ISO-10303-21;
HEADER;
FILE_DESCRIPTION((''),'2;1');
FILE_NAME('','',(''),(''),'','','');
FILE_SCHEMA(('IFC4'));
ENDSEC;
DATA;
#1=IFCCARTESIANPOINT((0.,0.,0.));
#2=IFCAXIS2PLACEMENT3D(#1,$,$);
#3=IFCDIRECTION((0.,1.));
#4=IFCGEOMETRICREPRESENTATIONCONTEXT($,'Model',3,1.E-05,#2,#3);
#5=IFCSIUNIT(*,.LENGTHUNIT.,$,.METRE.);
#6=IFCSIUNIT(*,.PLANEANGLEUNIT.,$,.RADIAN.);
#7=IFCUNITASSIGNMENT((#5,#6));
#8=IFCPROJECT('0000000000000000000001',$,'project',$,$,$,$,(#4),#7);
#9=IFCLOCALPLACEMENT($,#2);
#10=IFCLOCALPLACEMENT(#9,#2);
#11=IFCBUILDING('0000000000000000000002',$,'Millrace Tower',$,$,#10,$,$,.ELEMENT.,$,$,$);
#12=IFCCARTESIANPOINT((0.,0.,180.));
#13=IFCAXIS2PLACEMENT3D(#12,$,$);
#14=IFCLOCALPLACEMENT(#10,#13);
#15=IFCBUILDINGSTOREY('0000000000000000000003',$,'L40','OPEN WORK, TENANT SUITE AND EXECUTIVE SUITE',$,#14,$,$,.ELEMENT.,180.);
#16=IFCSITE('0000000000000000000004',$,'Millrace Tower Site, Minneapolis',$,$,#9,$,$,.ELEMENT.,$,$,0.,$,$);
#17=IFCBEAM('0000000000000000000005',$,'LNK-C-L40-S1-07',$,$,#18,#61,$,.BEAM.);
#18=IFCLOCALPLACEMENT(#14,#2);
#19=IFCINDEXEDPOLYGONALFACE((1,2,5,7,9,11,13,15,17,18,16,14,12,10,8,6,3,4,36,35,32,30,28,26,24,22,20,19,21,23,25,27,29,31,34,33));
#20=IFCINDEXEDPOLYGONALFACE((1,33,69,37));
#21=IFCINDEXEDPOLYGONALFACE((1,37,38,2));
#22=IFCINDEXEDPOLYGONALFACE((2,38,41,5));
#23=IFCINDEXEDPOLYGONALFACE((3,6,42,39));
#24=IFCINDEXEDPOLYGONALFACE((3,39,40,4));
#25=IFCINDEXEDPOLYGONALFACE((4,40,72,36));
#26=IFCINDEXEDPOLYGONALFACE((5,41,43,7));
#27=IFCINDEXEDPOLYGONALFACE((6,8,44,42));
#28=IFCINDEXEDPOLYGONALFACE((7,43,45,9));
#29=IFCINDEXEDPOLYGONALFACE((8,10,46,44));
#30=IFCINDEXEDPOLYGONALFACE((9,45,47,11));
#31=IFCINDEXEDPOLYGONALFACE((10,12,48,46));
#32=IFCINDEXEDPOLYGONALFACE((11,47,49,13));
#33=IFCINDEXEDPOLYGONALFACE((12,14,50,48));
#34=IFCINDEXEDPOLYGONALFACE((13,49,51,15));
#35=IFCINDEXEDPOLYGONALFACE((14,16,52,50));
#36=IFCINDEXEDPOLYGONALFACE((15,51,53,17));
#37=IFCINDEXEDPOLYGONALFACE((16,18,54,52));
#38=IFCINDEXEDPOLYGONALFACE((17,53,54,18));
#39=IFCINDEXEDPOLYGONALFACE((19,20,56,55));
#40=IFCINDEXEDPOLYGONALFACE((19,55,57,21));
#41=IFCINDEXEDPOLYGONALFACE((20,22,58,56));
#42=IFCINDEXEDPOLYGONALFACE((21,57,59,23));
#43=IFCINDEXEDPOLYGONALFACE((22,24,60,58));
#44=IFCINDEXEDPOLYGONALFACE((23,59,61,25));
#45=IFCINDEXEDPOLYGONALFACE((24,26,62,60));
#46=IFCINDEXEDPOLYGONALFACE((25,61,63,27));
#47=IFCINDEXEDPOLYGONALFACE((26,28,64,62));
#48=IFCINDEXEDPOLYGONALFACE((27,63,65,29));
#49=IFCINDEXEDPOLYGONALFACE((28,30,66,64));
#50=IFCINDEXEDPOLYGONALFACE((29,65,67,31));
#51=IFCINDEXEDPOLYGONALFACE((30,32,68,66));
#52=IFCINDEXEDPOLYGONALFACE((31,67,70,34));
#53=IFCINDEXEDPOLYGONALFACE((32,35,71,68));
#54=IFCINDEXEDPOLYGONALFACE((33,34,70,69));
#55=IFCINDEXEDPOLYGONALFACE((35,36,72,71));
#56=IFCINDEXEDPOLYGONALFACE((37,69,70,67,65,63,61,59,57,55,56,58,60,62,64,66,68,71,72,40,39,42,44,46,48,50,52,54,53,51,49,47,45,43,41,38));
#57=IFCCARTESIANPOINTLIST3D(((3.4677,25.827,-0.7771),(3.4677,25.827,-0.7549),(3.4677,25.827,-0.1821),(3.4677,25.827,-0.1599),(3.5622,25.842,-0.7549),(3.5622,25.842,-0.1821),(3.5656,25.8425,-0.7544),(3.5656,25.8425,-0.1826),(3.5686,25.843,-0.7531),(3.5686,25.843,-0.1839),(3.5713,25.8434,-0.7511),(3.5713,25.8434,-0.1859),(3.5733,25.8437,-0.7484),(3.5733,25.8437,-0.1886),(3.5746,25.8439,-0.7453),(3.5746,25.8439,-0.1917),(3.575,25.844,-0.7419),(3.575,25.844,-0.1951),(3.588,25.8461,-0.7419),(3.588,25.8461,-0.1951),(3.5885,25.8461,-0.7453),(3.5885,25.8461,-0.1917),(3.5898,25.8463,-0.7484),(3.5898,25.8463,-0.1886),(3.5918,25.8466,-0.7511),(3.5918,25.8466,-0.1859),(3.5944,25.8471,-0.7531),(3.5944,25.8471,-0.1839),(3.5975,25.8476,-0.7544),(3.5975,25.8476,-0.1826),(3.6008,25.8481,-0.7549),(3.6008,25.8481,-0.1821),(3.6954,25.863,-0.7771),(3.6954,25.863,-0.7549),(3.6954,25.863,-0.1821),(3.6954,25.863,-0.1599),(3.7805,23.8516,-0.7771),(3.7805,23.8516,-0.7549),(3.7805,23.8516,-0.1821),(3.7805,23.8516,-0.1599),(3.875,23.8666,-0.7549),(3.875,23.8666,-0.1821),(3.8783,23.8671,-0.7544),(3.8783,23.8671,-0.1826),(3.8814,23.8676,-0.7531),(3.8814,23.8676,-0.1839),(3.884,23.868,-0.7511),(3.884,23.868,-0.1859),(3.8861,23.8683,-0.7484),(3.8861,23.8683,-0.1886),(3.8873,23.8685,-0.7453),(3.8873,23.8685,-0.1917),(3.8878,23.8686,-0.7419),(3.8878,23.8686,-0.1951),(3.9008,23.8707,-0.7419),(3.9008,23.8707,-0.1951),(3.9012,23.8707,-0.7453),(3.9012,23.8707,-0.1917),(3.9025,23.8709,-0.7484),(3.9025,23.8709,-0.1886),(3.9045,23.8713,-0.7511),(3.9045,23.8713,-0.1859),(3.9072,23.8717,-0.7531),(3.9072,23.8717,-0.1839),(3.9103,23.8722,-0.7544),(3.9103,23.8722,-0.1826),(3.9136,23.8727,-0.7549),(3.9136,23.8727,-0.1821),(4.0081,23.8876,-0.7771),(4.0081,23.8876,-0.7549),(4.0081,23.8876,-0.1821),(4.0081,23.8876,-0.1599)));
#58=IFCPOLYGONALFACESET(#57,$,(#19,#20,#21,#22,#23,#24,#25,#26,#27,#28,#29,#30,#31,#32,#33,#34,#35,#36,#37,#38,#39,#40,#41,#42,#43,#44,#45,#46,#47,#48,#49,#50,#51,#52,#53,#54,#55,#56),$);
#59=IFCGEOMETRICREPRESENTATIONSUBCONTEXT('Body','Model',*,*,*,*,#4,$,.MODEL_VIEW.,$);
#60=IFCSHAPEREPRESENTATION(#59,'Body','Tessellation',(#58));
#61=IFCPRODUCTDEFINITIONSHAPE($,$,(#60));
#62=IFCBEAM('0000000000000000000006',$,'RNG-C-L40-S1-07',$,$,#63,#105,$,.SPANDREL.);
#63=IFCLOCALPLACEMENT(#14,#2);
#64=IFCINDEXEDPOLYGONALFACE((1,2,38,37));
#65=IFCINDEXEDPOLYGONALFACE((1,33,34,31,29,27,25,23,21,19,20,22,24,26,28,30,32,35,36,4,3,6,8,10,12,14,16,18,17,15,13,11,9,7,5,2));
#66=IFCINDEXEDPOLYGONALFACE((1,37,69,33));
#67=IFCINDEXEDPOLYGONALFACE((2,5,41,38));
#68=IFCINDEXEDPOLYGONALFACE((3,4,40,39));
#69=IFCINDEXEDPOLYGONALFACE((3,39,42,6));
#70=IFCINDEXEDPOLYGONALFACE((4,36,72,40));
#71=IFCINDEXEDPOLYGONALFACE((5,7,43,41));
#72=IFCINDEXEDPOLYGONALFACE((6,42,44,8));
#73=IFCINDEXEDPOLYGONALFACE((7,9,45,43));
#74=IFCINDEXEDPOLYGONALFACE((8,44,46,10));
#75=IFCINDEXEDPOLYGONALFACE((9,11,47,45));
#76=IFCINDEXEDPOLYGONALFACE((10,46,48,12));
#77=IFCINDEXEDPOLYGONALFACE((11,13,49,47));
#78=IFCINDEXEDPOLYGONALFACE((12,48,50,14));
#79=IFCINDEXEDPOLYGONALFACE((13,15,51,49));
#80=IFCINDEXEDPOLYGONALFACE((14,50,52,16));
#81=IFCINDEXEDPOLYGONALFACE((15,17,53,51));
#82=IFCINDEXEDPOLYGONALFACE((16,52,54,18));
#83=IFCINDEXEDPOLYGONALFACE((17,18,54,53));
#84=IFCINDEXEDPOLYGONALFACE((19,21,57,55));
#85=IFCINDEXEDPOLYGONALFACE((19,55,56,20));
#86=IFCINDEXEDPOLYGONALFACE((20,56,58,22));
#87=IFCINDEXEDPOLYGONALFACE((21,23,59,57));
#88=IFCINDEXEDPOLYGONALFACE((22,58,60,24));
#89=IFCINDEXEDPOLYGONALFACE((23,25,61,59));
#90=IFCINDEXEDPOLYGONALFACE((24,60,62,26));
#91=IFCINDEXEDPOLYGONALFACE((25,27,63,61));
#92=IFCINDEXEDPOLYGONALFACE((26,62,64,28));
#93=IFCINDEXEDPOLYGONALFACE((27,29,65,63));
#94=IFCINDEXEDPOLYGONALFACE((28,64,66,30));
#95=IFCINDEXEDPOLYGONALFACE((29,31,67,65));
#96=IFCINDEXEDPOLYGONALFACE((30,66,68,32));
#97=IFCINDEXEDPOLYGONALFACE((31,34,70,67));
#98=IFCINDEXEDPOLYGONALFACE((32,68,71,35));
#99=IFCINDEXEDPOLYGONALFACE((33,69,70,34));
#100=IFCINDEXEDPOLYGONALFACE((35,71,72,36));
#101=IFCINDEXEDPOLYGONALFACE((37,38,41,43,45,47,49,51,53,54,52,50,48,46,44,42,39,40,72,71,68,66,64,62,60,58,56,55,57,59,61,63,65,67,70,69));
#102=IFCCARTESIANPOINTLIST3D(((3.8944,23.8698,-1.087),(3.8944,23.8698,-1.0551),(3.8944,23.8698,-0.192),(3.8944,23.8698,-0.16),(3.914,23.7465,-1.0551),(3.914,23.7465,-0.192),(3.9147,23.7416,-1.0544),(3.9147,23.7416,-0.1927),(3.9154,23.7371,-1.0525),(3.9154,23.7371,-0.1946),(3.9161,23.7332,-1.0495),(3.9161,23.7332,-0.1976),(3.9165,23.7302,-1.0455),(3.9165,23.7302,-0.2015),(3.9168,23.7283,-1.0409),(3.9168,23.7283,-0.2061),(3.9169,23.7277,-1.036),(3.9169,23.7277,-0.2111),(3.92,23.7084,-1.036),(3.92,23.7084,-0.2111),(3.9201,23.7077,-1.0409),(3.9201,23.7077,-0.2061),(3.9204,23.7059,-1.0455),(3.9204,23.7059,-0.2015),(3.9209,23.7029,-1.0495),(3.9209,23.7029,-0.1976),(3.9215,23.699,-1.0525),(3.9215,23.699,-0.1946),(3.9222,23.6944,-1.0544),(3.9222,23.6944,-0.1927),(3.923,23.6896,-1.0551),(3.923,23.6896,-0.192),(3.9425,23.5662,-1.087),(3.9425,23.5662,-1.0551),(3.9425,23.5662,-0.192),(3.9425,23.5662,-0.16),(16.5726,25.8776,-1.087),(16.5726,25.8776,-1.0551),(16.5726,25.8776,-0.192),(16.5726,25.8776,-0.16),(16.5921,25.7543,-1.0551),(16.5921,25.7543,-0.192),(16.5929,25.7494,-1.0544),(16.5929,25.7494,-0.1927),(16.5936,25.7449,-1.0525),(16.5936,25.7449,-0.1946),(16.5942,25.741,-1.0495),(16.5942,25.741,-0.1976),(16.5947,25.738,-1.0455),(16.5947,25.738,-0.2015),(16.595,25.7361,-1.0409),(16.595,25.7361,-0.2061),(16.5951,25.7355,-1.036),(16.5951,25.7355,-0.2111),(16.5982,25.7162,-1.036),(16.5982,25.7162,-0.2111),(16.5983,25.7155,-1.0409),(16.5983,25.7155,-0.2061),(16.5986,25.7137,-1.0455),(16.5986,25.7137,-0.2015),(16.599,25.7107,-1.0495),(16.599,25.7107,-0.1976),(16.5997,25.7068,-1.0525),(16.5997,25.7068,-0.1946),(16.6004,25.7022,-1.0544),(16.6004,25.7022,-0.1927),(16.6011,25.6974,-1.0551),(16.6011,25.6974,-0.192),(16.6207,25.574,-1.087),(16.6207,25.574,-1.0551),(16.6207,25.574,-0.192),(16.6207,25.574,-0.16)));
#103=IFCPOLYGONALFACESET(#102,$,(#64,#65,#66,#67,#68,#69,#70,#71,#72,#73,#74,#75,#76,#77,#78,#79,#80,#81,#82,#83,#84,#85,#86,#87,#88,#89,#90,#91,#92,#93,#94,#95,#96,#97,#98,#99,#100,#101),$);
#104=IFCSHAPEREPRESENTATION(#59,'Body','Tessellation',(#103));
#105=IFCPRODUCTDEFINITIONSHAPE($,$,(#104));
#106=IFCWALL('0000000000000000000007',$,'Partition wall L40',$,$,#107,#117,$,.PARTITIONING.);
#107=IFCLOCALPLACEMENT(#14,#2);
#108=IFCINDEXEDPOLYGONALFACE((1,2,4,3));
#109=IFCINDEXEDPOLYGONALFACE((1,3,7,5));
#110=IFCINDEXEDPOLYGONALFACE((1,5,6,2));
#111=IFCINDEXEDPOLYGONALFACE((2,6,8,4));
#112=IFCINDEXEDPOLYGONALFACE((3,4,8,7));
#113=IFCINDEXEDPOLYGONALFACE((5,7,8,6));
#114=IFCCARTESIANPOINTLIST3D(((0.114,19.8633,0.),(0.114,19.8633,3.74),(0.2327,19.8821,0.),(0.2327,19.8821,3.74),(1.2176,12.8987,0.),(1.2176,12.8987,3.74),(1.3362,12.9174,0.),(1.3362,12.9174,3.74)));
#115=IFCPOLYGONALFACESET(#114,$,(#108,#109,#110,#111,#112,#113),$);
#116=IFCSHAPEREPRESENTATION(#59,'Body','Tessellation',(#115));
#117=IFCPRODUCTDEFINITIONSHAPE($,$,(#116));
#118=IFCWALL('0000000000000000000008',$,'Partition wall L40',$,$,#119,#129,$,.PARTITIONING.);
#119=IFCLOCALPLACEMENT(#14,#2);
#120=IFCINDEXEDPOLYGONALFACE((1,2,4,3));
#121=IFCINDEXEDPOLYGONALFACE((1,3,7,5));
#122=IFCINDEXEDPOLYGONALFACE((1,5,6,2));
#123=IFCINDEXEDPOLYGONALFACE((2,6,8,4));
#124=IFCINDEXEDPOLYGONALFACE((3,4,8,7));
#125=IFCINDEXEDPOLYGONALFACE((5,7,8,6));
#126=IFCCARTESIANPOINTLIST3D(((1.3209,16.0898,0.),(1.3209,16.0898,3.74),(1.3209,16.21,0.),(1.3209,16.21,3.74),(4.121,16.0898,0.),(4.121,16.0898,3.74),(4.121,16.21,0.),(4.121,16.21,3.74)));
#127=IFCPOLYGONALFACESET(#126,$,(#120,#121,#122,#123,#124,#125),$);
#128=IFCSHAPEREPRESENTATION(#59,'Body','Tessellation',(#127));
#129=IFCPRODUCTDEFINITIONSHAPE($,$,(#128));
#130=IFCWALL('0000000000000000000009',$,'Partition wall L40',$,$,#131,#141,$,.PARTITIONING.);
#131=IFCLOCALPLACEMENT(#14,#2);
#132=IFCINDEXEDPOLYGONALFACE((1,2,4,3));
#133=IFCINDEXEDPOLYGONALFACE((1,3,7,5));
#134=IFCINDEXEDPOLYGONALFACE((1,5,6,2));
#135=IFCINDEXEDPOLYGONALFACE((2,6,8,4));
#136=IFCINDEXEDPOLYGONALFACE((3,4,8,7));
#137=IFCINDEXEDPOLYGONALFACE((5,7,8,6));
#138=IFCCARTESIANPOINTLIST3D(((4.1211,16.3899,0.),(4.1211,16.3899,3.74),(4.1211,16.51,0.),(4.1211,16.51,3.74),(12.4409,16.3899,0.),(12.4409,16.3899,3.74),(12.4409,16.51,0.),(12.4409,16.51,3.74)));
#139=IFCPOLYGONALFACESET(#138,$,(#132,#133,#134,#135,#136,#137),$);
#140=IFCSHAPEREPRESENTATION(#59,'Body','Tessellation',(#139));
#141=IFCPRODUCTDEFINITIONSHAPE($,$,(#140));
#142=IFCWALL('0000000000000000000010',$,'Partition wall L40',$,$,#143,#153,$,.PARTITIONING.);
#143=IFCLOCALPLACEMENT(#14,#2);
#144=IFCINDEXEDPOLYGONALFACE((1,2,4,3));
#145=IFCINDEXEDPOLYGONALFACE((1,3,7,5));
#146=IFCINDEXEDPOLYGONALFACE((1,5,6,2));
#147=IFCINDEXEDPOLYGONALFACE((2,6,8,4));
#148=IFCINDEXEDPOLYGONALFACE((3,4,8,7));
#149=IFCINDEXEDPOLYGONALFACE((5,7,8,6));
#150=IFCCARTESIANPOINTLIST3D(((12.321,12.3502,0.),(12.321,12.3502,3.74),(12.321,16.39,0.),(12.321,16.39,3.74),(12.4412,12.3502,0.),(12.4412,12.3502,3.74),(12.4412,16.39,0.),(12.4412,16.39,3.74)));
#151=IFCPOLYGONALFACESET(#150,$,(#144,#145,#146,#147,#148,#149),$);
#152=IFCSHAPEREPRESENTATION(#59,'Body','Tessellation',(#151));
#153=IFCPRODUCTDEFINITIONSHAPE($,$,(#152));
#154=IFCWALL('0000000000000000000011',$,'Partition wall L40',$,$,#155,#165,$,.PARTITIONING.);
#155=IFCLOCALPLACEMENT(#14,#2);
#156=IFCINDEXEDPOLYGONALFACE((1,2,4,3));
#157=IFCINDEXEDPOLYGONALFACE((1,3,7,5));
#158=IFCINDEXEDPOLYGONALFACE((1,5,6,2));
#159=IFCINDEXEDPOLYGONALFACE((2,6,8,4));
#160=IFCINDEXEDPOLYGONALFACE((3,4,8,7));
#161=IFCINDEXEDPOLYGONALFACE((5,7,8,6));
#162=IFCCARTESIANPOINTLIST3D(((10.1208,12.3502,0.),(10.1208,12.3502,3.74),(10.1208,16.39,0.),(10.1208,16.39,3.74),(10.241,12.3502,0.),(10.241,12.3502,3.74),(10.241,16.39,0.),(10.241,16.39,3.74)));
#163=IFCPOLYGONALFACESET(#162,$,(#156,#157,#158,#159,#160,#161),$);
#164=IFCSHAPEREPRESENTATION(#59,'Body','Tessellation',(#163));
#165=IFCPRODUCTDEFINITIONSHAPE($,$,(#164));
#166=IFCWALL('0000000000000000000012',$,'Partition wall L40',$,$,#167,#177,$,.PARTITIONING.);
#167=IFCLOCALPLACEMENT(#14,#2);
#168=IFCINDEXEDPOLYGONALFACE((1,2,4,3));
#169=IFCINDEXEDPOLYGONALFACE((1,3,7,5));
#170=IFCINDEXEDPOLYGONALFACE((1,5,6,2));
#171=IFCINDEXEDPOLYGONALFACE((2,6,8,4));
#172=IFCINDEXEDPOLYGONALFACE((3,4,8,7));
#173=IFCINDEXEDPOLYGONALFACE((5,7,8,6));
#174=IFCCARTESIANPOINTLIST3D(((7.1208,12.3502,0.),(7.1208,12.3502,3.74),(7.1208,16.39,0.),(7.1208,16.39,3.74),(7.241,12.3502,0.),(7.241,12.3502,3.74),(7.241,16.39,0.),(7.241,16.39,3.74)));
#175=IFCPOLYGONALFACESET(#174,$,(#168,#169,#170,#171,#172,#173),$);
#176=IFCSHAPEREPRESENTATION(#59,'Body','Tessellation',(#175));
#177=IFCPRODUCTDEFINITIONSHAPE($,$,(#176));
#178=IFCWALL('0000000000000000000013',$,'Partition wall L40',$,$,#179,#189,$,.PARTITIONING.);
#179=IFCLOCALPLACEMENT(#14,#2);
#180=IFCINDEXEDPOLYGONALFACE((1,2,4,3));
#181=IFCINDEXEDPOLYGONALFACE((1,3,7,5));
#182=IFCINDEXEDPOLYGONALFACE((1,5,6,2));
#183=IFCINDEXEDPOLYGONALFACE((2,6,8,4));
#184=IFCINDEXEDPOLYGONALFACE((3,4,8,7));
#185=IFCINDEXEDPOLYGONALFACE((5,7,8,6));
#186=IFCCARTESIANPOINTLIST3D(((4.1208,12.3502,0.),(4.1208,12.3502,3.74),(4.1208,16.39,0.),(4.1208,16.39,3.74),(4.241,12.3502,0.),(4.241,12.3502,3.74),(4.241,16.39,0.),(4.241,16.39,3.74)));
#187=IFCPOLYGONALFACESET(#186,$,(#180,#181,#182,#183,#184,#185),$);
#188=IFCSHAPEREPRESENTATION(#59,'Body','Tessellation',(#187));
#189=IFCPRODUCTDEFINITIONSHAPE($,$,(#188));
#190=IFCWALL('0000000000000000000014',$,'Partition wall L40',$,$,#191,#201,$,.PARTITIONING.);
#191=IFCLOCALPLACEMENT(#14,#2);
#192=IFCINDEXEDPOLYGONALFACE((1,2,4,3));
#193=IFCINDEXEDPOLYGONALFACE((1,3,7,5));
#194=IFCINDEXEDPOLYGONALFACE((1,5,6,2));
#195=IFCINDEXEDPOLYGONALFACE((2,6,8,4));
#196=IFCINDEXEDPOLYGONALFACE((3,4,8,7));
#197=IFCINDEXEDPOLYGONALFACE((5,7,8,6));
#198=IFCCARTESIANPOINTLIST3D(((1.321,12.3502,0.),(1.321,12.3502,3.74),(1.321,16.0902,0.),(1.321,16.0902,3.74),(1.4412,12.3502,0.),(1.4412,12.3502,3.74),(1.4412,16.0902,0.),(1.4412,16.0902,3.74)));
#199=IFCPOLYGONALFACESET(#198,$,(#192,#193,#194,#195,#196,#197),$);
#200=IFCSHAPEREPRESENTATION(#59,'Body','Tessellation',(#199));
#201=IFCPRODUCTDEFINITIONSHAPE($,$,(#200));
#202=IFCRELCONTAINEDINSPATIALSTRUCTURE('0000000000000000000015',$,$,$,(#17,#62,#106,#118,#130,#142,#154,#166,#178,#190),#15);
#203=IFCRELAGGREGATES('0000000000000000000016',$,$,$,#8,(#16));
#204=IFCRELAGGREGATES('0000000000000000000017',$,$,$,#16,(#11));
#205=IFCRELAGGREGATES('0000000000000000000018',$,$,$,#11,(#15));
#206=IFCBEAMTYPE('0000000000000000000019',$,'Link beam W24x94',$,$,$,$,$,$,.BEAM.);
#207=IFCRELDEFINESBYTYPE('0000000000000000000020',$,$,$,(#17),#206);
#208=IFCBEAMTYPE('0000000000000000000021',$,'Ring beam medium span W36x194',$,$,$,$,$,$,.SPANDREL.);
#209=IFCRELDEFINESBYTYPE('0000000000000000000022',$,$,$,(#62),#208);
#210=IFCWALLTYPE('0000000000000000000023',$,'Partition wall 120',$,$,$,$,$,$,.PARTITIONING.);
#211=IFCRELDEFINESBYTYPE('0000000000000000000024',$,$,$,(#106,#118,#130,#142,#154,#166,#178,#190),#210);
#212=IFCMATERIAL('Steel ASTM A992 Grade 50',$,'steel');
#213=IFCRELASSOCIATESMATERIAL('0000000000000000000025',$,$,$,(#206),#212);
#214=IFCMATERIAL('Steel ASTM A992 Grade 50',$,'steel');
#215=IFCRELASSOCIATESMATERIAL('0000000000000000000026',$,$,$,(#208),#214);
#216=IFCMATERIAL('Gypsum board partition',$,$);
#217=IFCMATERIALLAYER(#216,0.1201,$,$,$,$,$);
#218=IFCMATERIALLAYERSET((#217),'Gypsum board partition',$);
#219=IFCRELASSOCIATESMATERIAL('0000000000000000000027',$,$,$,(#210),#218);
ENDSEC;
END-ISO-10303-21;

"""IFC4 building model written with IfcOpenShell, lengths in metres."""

from ifc_helpers import new_model, si_unit, direction, frame, frame_2d, origin, origin_2d, place, context, subcontext, project, spatial, rectangle, i_section, extrude, material, layer, layer_set, material_profile, profile_set, type_object, element, save


model = new_model("IFC4")

# Units and contexts
model_context = context("Model", 3, precision=1e-05, world=origin(), true_north=direction((0.0, 1.0)))
body_context = subcontext(model_context, "Body", "Model", "MODEL_VIEW")
ifc_project = project(units=[si_unit("LENGTHUNIT", "METRE"), si_unit("PLANEANGLEUNIT", "RADIAN")], contexts=[model_context])

# Site, building, storey
site_placement = place(None, origin())
site = spatial("IfcSite", under=ifc_project, at=site_placement, Name="Millrace Tower Site, Minneapolis", CompositionType="ELEMENT", RefElevation=0.0)
building_placement = place(site_placement, origin())
building = spatial("IfcBuilding", under=site, at=building_placement, Name="Millrace Tower", CompositionType="ELEMENT")
storey_placement = place(building_placement, frame((0.0, 0.0, 180.0)))
storey = spatial("IfcBuildingStorey", under=building, at=storey_placement, Name="L40", Description="OPEN WORK, TENANT SUITE AND EXECUTIVE SUITE", CompositionType="ELEMENT", Elevation=180.0)

# Beams
ifc_material_1 = material(Name="Steel ASTM A992 Grade 50", Category="steel")
ifc_material_profile_1 = material_profile(ifc_material_1, i_section(OverallWidth=0.2305, OverallDepth=0.6172, WebThickness=0.0132, FlangeThickness=0.0222, FilletRadius=0.0129, at=origin_2d()))
ifc_profile_set_1 = profile_set([ifc_material_profile_1], Name="Steel ASTM A992 Grade 50")
beam_type_1 = type_object("IfcBeamType", Name="Link beam W24x94", PredefinedType="BEAM", material=ifc_profile_set_1)
beam_1_placement = place(storey_placement, frame((3.8943, 23.8696, -0.4685), z_axis=(-0.156376, 0.987698, 0.0), x_axis=(-0.987698, -0.156376, 0.0)))
element("IfcBeam", 1, at=beam_1_placement, inside=storey, type_object=beam_type_1, Name="LNK-C-L40-S1-07", PredefinedType="BEAM", context=body_context, shape_type="SweptSolid", body=[
    extrude(i_section(OverallWidth=0.2305, OverallDepth=0.6172, WebThickness=0.0132, FlangeThickness=0.0222, FilletRadius=0.0129, at=origin_2d()), origin(), (0.0, 0.0, 1.0), 2.0),
])
ifc_material_2 = material(Name="Steel ASTM A992 Grade 50", Category="steel")
ifc_material_profile_2 = material_profile(ifc_material_2, i_section(OverallWidth=0.3074, OverallDepth=0.927, WebThickness=0.0195, FlangeThickness=0.032, FilletRadius=0.019, at=origin_2d()))
ifc_profile_set_2 = profile_set([ifc_material_profile_2], Name="Steel ASTM A992 Grade 50")
beam_type_2 = type_object("IfcBeamType", Name="Ring beam medium span W36x194", PredefinedType="SPANDREL", material=ifc_profile_set_2)
beam_2_placement = place(storey_placement, frame((3.9185, 23.718, -0.6235), z_axis=(0.987691, 0.156418, 0.0), x_axis=(-0.156418, 0.987691, 0.0)))
element("IfcBeam", 2, at=beam_2_placement, inside=storey, type_object=beam_type_2, Name="RNG-C-L40-S1-07", PredefinedType="SPANDREL", context=body_context, shape_type="SweptSolid", body=[
    extrude(i_section(OverallWidth=0.3074, OverallDepth=0.927, WebThickness=0.0195, FlangeThickness=0.032, FilletRadius=0.019, at=origin_2d()), origin(), (0.0, 0.0, 1.0), 12.8362),
])

# Walls
ifc_material_3 = material(Name="Gypsum board partition")
ifc_layer_1 = layer(ifc_material_3, 0.1201)
ifc_layer_set_1 = layer_set([ifc_layer_1], Name="Gypsum board partition")
wall_type = type_object("IfcWallType", Name="Partition wall 120", PredefinedType="PARTITIONING", material=ifc_layer_set_1)
wall_1_placement = place(storey_placement, frame((0.1733, 19.8728, 0.0), z_axis=(0.0, 0.0, 1.0), x_axis=(0.156494, -0.987679, 0.0)))
element("IfcWall", 3, at=wall_1_placement, inside=storey, type_object=wall_type, Name="Partition wall L40", PredefinedType="PARTITIONING", context=body_context, shape_type="SweptSolid", body=[
    extrude(rectangle(XDim=7.0515, YDim=0.1201, at=frame_2d((3.5259, 0.0))), origin(), (0.0, 0.0, 1.0), 3.74),
])
wall_2_placement = place(storey_placement, frame((1.321, 16.1499, 0.0), z_axis=(0.0, 0.0, 1.0), x_axis=(1.0, 0.0, 0.0)))
element("IfcWall", 4, at=wall_2_placement, inside=storey, type_object=wall_type, Name="Partition wall L40", PredefinedType="PARTITIONING", context=body_context, shape_type="SweptSolid", body=[
    extrude(rectangle(XDim=2.8, YDim=0.1201, at=frame_2d((1.3999, 0.0))), origin(), (0.0, 0.0, 1.0), 3.74),
])
wall_3_placement = place(storey_placement, frame((4.1211, 16.45, 0.0), z_axis=(0.0, 0.0, 1.0), x_axis=(1.0, 0.0, 0.0)))
element("IfcWall", 5, at=wall_3_placement, inside=storey, type_object=wall_type, Name="Partition wall L40", PredefinedType="PARTITIONING", context=body_context, shape_type="SweptSolid", body=[
    extrude(rectangle(XDim=8.3198, YDim=0.1201, at=frame_2d((4.1599, 0.0))), origin(), (0.0, 0.0, 1.0), 3.74),
])
for number, where, z_axis, x_axis, name in (
    (6, (12.3811, 12.3501, 0.0), (0.0, 0.0, 1.0), (0.0, 1.0, 0.0), "Partition wall L40"),
    (7, (10.1809, 12.3501, 0.0), (0.0, 0.0, 1.0), (0.0, 1.0, 0.0), "Partition wall L40"),
    (8, (7.1809, 12.3501, 0.0), (0.0, 0.0, 1.0), (0.0, 1.0, 0.0), "Partition wall L40"),
    (9, (4.1809, 12.3501, 0.0), (0.0, 0.0, 1.0), (0.0, 1.0, 0.0), "Partition wall L40"),
):
    element("IfcWall", number, at=place(storey_placement, frame(where, z_axis=z_axis, x_axis=x_axis)), inside=storey, type_object=wall_type, Name=name, PredefinedType="PARTITIONING", context=body_context, shape_type="SweptSolid", body=[
        extrude(rectangle(XDim=4.0398, YDim=0.1201, at=frame_2d((2.02, 0.0))), origin(), (0.0, 0.0, 1.0), 3.74),
    ])
wall_4_placement = place(storey_placement, frame((1.3811, 12.3501, 0.0), z_axis=(0.0, 0.0, 1.0), x_axis=(0.0, 1.0, 0.0)))
element("IfcWall", 10, at=wall_4_placement, inside=storey, type_object=wall_type, Name="Partition wall L40", PredefinedType="PARTITIONING", context=body_context, shape_type="SweptSolid", body=[
    extrude(rectangle(XDim=3.74, YDim=0.1201, at=frame_2d((1.8701, 0.0))), origin(), (0.0, 0.0, 1.0), 3.74),
])

save(model, "model.ifc")
